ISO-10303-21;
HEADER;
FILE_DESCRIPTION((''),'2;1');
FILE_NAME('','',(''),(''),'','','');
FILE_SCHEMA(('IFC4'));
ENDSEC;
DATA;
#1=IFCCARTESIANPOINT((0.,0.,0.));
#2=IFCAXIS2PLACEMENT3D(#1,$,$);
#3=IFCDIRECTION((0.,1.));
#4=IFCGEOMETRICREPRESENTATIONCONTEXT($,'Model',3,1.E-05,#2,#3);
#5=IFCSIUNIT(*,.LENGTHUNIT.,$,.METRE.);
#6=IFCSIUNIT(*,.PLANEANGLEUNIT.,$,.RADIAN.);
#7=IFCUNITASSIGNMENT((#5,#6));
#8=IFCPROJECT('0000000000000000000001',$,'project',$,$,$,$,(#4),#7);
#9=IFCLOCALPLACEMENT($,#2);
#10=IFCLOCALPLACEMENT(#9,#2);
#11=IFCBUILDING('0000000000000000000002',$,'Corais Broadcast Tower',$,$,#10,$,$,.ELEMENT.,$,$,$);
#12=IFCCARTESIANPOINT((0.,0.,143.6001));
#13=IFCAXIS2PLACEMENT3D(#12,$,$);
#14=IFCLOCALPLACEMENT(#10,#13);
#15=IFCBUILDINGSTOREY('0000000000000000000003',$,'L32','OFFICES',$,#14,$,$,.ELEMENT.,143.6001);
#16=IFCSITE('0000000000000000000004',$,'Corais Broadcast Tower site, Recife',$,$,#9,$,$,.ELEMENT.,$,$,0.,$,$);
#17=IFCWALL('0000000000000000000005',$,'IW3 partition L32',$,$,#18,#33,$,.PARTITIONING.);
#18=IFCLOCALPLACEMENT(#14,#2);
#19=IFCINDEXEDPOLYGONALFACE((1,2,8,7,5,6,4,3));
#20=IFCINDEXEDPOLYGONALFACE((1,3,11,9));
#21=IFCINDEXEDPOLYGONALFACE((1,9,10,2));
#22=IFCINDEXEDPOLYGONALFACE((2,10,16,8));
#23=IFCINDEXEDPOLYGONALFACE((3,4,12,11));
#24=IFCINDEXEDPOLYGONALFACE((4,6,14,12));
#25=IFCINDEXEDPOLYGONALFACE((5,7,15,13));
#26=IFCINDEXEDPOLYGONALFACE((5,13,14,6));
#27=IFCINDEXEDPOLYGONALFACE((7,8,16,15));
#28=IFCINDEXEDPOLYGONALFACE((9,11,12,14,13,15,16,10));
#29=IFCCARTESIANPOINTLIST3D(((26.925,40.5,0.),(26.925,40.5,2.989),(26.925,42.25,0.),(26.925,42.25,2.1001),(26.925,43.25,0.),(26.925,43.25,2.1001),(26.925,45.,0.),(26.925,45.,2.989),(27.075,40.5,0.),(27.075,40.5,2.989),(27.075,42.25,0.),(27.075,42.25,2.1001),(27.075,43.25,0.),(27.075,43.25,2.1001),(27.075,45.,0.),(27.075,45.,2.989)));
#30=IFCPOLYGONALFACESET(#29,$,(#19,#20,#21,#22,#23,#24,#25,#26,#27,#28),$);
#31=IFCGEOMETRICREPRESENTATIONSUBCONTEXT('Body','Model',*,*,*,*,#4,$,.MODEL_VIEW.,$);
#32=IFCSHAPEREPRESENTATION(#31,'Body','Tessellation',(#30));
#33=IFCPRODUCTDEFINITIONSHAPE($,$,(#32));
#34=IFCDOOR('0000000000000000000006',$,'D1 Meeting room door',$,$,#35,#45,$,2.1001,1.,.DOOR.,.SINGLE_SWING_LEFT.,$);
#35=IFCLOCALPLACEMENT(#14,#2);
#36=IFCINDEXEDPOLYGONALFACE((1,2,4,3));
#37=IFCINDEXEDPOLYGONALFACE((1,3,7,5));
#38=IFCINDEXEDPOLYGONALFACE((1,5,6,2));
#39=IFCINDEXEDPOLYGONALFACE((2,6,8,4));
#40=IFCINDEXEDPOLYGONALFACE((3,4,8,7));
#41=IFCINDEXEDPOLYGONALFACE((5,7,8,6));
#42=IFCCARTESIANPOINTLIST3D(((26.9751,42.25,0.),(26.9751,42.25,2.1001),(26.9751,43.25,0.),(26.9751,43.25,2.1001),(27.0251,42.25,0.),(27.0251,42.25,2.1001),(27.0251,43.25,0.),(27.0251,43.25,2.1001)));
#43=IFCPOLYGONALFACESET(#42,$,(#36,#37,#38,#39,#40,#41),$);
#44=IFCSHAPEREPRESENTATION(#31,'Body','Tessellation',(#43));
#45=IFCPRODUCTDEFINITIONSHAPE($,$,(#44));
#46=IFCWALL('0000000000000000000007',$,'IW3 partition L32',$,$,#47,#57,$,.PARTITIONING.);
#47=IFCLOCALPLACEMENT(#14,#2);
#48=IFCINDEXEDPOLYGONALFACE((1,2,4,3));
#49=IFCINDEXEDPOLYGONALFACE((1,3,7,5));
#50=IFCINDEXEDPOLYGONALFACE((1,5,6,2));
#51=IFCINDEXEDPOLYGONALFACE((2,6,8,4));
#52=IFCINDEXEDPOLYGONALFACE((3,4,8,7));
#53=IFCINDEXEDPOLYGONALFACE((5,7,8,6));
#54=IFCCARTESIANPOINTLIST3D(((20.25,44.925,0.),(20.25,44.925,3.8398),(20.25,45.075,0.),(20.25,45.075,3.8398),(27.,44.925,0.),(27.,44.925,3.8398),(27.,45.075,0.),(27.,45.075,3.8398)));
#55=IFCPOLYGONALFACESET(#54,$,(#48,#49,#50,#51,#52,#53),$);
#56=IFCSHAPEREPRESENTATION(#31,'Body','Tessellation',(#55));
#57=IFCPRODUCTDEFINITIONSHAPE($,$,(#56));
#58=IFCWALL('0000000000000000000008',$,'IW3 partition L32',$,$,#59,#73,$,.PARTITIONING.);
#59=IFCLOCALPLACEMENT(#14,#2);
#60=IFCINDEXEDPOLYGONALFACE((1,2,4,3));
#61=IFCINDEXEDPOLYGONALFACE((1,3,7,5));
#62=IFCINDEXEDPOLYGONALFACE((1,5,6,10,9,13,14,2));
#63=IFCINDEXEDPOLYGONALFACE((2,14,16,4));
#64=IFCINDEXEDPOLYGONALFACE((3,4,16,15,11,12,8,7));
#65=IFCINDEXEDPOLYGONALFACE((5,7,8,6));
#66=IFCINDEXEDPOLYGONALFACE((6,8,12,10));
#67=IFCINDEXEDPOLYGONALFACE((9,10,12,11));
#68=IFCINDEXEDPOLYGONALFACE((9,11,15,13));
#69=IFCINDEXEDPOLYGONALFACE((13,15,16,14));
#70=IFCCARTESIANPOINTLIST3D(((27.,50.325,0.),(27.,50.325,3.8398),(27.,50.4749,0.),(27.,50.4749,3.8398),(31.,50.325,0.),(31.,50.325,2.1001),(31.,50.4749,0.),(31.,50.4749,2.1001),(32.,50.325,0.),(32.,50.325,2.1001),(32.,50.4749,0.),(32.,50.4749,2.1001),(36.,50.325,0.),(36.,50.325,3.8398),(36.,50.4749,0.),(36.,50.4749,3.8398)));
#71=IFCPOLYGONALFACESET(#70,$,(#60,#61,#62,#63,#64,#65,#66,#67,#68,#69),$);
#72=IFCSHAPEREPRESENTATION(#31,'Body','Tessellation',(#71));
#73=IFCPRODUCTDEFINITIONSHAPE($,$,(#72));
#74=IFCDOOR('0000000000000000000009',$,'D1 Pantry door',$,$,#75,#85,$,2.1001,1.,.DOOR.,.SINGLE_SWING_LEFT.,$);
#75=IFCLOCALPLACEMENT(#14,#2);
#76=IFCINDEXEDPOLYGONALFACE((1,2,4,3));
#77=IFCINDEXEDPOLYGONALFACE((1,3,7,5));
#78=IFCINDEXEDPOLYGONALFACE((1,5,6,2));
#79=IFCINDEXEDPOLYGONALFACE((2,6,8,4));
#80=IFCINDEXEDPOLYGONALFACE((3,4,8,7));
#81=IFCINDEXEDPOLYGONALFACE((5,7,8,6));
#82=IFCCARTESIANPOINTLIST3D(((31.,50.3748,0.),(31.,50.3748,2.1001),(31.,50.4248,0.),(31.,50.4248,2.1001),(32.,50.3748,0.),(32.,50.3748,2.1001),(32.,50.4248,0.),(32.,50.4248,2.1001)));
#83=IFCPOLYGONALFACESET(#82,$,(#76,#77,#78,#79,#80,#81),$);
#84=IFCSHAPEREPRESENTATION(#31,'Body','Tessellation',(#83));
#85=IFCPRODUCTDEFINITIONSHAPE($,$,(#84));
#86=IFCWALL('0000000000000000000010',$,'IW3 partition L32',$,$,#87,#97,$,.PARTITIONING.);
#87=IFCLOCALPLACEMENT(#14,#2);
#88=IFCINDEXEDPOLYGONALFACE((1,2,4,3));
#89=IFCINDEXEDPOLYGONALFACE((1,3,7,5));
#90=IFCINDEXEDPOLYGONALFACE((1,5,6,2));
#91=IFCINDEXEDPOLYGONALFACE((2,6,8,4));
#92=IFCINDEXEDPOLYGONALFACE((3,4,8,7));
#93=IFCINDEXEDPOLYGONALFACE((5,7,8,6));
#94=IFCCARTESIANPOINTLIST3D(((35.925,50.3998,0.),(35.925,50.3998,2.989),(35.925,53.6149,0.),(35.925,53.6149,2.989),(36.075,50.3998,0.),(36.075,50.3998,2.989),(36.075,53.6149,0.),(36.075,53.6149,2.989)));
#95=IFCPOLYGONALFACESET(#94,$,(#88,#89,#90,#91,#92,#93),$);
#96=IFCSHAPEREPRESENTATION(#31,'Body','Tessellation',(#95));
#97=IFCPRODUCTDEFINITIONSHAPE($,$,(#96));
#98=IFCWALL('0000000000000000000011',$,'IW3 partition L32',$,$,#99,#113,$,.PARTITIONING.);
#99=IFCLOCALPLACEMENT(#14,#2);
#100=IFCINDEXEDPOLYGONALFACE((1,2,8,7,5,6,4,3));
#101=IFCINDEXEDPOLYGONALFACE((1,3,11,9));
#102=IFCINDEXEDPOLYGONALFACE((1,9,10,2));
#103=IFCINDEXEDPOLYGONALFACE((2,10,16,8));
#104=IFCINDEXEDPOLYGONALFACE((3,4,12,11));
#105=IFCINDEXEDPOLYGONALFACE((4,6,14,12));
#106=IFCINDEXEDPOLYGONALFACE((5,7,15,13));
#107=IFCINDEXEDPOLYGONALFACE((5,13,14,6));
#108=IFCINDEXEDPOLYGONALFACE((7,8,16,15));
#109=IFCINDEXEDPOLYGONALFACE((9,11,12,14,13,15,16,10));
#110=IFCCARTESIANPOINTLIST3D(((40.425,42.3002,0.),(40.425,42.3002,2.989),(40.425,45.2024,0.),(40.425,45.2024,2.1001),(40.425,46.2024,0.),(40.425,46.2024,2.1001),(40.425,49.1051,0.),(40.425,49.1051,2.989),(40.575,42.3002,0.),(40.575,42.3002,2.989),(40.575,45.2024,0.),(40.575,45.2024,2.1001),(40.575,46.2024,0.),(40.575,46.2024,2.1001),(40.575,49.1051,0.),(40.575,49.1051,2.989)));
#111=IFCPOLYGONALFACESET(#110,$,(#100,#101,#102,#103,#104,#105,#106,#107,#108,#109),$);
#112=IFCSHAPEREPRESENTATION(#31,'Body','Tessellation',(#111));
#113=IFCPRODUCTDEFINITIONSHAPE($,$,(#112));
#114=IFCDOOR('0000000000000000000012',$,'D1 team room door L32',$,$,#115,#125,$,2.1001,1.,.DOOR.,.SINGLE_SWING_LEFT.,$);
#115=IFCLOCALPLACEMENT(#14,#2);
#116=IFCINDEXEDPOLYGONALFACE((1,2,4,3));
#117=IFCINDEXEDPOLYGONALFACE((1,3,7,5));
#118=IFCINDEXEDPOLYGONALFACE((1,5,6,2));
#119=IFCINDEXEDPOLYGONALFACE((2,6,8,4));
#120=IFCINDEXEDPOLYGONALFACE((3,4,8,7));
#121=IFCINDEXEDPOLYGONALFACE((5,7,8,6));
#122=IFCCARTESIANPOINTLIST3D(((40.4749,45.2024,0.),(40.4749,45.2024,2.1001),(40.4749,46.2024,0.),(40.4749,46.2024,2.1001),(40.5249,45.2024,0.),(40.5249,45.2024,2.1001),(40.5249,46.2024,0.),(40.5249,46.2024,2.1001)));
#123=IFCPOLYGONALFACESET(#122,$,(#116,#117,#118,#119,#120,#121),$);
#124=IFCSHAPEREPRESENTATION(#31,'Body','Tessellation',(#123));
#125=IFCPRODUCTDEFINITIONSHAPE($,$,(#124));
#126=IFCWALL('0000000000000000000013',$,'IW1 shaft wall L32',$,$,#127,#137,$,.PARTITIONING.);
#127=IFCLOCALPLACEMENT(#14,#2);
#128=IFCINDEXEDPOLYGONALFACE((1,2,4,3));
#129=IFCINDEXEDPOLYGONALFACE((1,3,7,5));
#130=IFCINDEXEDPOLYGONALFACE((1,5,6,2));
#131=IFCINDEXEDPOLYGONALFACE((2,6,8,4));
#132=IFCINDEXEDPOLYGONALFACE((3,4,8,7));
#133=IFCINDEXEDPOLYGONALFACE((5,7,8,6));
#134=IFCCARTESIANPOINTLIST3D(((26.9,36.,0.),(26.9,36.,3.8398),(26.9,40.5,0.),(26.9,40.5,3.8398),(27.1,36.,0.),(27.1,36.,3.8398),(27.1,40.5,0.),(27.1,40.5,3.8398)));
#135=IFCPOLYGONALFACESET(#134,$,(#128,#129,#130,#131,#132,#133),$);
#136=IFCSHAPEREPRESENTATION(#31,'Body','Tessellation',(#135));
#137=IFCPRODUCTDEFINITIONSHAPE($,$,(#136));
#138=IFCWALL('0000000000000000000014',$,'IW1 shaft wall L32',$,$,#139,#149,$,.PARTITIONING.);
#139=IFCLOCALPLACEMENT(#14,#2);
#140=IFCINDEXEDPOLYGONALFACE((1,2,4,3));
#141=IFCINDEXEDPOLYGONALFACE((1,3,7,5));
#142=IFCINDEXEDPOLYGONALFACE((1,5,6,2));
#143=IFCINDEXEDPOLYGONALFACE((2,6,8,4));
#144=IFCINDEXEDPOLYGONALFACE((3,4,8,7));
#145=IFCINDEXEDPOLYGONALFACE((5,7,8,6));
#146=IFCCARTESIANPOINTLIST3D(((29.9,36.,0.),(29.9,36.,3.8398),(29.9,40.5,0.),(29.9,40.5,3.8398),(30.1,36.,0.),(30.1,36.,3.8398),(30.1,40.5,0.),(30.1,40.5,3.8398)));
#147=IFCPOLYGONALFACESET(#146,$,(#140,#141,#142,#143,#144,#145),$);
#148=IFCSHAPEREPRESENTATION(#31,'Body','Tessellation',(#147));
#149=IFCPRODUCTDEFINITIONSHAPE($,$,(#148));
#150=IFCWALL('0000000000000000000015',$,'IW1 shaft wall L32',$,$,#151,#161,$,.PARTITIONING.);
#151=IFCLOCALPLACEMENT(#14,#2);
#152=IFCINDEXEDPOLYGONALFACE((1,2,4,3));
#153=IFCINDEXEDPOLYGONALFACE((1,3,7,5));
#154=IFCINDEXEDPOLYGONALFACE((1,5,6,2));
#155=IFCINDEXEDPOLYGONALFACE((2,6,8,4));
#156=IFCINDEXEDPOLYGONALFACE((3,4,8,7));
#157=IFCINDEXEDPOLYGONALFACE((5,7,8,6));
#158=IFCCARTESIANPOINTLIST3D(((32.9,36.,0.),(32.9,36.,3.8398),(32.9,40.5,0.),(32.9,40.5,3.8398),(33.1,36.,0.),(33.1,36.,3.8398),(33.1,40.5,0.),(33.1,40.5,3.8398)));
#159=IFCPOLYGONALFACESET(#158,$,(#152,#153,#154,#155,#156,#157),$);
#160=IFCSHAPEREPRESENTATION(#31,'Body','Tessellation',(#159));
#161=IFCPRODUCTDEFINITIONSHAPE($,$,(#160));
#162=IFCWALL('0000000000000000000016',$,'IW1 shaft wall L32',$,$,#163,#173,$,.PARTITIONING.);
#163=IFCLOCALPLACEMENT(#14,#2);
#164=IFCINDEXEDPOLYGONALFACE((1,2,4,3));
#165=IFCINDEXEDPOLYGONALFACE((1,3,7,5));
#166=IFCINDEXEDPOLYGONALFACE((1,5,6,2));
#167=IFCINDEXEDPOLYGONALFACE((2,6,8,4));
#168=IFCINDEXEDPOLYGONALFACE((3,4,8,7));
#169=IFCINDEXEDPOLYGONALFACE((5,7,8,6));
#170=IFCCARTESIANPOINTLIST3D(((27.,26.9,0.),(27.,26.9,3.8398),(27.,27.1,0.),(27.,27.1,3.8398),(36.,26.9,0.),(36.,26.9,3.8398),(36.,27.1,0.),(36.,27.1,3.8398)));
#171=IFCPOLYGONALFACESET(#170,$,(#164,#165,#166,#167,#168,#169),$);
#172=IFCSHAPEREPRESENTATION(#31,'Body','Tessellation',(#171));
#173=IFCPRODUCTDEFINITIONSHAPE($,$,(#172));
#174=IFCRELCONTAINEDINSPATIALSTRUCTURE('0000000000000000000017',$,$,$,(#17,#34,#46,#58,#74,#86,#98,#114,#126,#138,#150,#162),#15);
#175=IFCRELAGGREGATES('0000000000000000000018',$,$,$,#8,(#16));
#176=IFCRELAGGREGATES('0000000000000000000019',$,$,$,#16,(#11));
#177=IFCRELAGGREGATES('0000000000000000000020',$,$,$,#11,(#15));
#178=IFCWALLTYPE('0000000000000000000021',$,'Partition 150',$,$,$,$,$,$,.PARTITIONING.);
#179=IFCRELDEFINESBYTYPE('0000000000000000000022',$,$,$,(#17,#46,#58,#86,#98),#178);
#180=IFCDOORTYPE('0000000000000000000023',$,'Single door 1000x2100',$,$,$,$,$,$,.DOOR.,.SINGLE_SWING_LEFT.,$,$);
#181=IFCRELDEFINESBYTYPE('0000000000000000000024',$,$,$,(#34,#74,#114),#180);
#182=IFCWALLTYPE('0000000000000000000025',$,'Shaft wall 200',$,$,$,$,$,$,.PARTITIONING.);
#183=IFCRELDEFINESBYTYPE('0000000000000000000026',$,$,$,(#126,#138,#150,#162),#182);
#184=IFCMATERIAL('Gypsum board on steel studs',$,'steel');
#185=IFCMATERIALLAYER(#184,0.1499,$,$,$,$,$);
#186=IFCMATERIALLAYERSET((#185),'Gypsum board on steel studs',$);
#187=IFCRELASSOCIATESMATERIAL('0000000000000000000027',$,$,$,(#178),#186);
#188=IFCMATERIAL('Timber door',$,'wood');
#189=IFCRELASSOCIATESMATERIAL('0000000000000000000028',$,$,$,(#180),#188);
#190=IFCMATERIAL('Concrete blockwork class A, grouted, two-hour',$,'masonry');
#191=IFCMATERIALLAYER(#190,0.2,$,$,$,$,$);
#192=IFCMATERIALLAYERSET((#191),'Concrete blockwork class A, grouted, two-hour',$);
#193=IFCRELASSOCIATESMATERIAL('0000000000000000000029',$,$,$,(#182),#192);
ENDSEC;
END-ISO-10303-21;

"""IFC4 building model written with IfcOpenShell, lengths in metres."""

from ifc_helpers import new_model, si_unit, direction, frame, frame_2d, origin, place, context, subcontext, project, spatial, rectangle, extrude, material, layer, layer_set, type_object, element, fill, save


model = new_model("IFC4")

# Units and contexts
model_context = context("Model", 3, precision=1e-05, world=origin(), true_north=direction((0.0, 1.0)))
body_context = subcontext(model_context, "Body", "Model", "MODEL_VIEW")
ifc_project = project(units=[si_unit("LENGTHUNIT", "METRE"), si_unit("PLANEANGLEUNIT", "RADIAN")], contexts=[model_context])

# Site, building, storey
site_placement = place(None, origin())
site = spatial("IfcSite", under=ifc_project, at=site_placement, Name="Corais Broadcast Tower site, Recife", CompositionType="ELEMENT", RefElevation=0.0)
building_placement = place(site_placement, origin())
building = spatial("IfcBuilding", under=site, at=building_placement, Name="Corais Broadcast Tower", CompositionType="ELEMENT")
storey_placement = place(building_placement, frame((0.0, 0.0, 143.6001)))
storey = spatial("IfcBuildingStorey", under=building, at=storey_placement, Name="L32", Description="OFFICES", CompositionType="ELEMENT", Elevation=143.6001)

# Shared definitions
ifc_material_1 = material(Name="Gypsum board on steel studs", Category="steel")
ifc_layer_1 = layer(ifc_material_1, 0.1499)
ifc_layer_set_1 = layer_set([ifc_layer_1], Name="Gypsum board on steel studs")
wall_type_1 = type_object("IfcWallType", Name="Partition 150", PredefinedType="PARTITIONING", material=ifc_layer_set_1)
ifc_material_2 = material(Name="Timber door", Category="wood")
door_type = type_object("IfcDoorType", Name="Single door 1000x2100", OperationType="SINGLE_SWING_LEFT", PredefinedType="DOOR", material=ifc_material_2)

# Wall, opening, door
wall_1_placement = place(storey_placement, frame((27.0, 40.5, 0.0), z_axis=(0.0, 0.0, 1.0), x_axis=(0.0, 1.0, 0.0)))
wall_1 = element("IfcWall", 1, at=wall_1_placement, inside=storey, type_object=wall_type_1, Name="IW3 partition L32", PredefinedType="PARTITIONING", context=body_context, shape_type="SweptSolid", body=[
    extrude(rectangle(XDim=4.5, YDim=0.1499, at=frame_2d((2.25, 0.0))), origin(), (0.0, 0.0, 1.0), 2.989),
])
opening_1_placement = place(wall_1_placement, frame((1.75, 0.0, 0.0)))
opening_1 = element("IfcOpeningElement", 2, at=opening_1_placement, cuts=wall_1, PredefinedType="OPENING", context=body_context, shape_type="SweptSolid", body=[
    extrude(rectangle(XDim=1.0, YDim=2.1001, at=frame_2d((0.5, 1.05))), frame((0.0, 0.085, 0.0), z_axis=(0.0, -1.0, 0.0), x_axis=(1.0, 0.0, 0.0)), (0.0, 0.0, 1.0), 0.1699),
])
door_1_placement = place(opening_1_placement, origin())
door_1 = element("IfcDoor", 3, at=door_1_placement, inside=storey, type_object=door_type, Name="D1 Meeting room door", OperationType="SINGLE_SWING_LEFT", OverallHeight=2.1001, OverallWidth=1.0, PredefinedType="DOOR", context=body_context, shape_type="SweptSolid", body=[
    extrude(rectangle(XDim=1.0, YDim=2.1001, at=frame_2d((0.5, 1.05))), frame((0.0, 0.0249, 0.0), z_axis=(0.0, -1.0, 0.0), x_axis=(1.0, 0.0, 0.0)), (0.0, 0.0, 1.0), 0.05),
])
fill(opening_1, door_1)

# Wall
wall_2_placement = place(storey_placement, frame((27.0, 45.0, 0.0), z_axis=(0.0, 0.0, 1.0), x_axis=(-1.0, 0.0, 0.0)))
element("IfcWall", 4, at=wall_2_placement, inside=storey, type_object=wall_type_1, Name="IW3 partition L32", PredefinedType="PARTITIONING", context=body_context, shape_type="SweptSolid", body=[
    extrude(rectangle(XDim=6.75, YDim=0.1499, at=frame_2d((3.375, 0.0))), origin(), (0.0, 0.0, 1.0), 3.8398),
])

# Wall, opening, door
wall_3_placement = place(storey_placement, frame((27.0, 50.3999, 0.0), z_axis=(0.0, 0.0, 1.0), x_axis=(1.0, 0.0, 0.0)))
wall_3 = element("IfcWall", 5, at=wall_3_placement, inside=storey, type_object=wall_type_1, Name="IW3 partition L32", PredefinedType="PARTITIONING", context=body_context, shape_type="SweptSolid", body=[
    extrude(rectangle(XDim=9.0, YDim=0.1499, at=frame_2d((4.5, 0.0))), origin(), (0.0, 0.0, 1.0), 3.8398),
])
opening_2_placement = place(wall_3_placement, frame((4.0, 0.0, 0.0)))
opening_2 = element("IfcOpeningElement", 6, at=opening_2_placement, cuts=wall_3, PredefinedType="OPENING", context=body_context, shape_type="SweptSolid", body=[
    extrude(rectangle(XDim=1.0, YDim=2.1001, at=frame_2d((0.5, 1.05))), frame((0.0, 0.085, 0.0), z_axis=(0.0, -1.0, 0.0), x_axis=(1.0, 0.0, 0.0)), (0.0, 0.0, 1.0), 0.1699),
])
door_2_placement = place(opening_2_placement, origin())
door_2 = element("IfcDoor", 7, at=door_2_placement, inside=storey, type_object=door_type, Name="D1 Pantry door", OperationType="SINGLE_SWING_LEFT", OverallHeight=2.1001, OverallWidth=1.0, PredefinedType="DOOR", context=body_context, shape_type="SweptSolid", body=[
    extrude(rectangle(XDim=1.0, YDim=2.1001, at=frame_2d((0.5, 1.05))), frame((0.0, 0.0249, 0.0), z_axis=(0.0, -1.0, 0.0), x_axis=(1.0, 0.0, 0.0)), (0.0, 0.0, 1.0), 0.05),
])
fill(opening_2, door_2)

# Wall
wall_4_placement = place(storey_placement, frame((36.0, 50.3999, 0.0), z_axis=(0.0, 0.0, 1.0), x_axis=(0.0, 1.0, 0.0)))
element("IfcWall", 8, at=wall_4_placement, inside=storey, type_object=wall_type_1, Name="IW3 partition L32", PredefinedType="PARTITIONING", context=body_context, shape_type="SweptSolid", body=[
    extrude(rectangle(XDim=3.2151, YDim=0.1499, at=frame_2d((1.6074, 0.0))), origin(), (0.0, 0.0, 1.0), 2.989),
])

# Wall, opening, door
wall_5_placement = place(storey_placement, frame((40.5, 49.105, 0.0), z_axis=(0.0, 0.0, 1.0), x_axis=(0.0, -1.0, 0.0)))
wall_5 = element("IfcWall", 9, at=wall_5_placement, inside=storey, type_object=wall_type_1, Name="IW3 partition L32", PredefinedType="PARTITIONING", context=body_context, shape_type="SweptSolid", body=[
    extrude(rectangle(XDim=6.8049, YDim=0.1499, at=frame_2d((3.4023, 0.0))), origin(), (0.0, 0.0, 1.0), 2.989),
])
opening_3_placement = place(wall_5_placement, frame((2.9026, 0.0, 0.0)))
opening_3 = element("IfcOpeningElement", 10, at=opening_3_placement, cuts=wall_5, PredefinedType="OPENING", context=body_context, shape_type="SweptSolid", body=[
    extrude(rectangle(XDim=1.0, YDim=2.1001, at=frame_2d((0.5, 1.05))), frame((0.0, 0.085, 0.0), z_axis=(0.0, -1.0, 0.0), x_axis=(1.0, 0.0, 0.0)), (0.0, 0.0, 1.0), 0.1699),
])
door_3_placement = place(opening_3_placement, origin())
door_3 = element("IfcDoor", 11, at=door_3_placement, inside=storey, type_object=door_type, Name="D1 team room door L32", OperationType="SINGLE_SWING_LEFT", OverallHeight=2.1001, OverallWidth=1.0, PredefinedType="DOOR", context=body_context, shape_type="SweptSolid", body=[
    extrude(rectangle(XDim=1.0, YDim=2.1001, at=frame_2d((0.5, 1.05))), frame((0.0, 0.0249, 0.0), z_axis=(0.0, -1.0, 0.0), x_axis=(1.0, 0.0, 0.0)), (0.0, 0.0, 1.0), 0.05),
])
fill(opening_3, door_3)

# Walls
ifc_material_3 = material(Name="Concrete blockwork class A, grouted, two-hour", Category="masonry")
ifc_layer_2 = layer(ifc_material_3, 0.2)
ifc_layer_set_2 = layer_set([ifc_layer_2], Name="Concrete blockwork class A, grouted, two-hour")
wall_type_2 = type_object("IfcWallType", Name="Shaft wall 200", PredefinedType="PARTITIONING", material=ifc_layer_set_2)
for number, where, z_axis, x_axis, name in (
    (12, (27.0, 36.0, 0.0), (0.0, 0.0, 1.0), (0.0, 1.0, 0.0), "IW1 shaft wall L32"),
    (13, (30.0, 36.0, 0.0), (0.0, 0.0, 1.0), (0.0, 1.0, 0.0), "IW1 shaft wall L32"),
    (14, (33.0, 36.0, 0.0), (0.0, 0.0, 1.0), (0.0, 1.0, 0.0), "IW1 shaft wall L32"),
):
    element("IfcWall", number, at=place(storey_placement, frame(where, z_axis=z_axis, x_axis=x_axis)), inside=storey, type_object=wall_type_2, Name=name, PredefinedType="PARTITIONING", context=body_context, shape_type="SweptSolid", body=[
        extrude(rectangle(XDim=4.5, YDim=0.2, at=frame_2d((2.25, 0.0))), origin(), (0.0, 0.0, 1.0), 3.8398),
    ])
wall_6_placement = place(storey_placement, frame((27.0, 27.0, 0.0), z_axis=(0.0, 0.0, 1.0), x_axis=(1.0, 0.0, 0.0)))
element("IfcWall", 15, at=wall_6_placement, inside=storey, type_object=wall_type_2, Name="IW1 shaft wall L32", PredefinedType="PARTITIONING", context=body_context, shape_type="SweptSolid", body=[
    extrude(rectangle(XDim=9.0, YDim=0.2, at=frame_2d((4.5, 0.0))), origin(), (0.0, 0.0, 1.0), 3.8398),
])

save(model, "model.ifc")
